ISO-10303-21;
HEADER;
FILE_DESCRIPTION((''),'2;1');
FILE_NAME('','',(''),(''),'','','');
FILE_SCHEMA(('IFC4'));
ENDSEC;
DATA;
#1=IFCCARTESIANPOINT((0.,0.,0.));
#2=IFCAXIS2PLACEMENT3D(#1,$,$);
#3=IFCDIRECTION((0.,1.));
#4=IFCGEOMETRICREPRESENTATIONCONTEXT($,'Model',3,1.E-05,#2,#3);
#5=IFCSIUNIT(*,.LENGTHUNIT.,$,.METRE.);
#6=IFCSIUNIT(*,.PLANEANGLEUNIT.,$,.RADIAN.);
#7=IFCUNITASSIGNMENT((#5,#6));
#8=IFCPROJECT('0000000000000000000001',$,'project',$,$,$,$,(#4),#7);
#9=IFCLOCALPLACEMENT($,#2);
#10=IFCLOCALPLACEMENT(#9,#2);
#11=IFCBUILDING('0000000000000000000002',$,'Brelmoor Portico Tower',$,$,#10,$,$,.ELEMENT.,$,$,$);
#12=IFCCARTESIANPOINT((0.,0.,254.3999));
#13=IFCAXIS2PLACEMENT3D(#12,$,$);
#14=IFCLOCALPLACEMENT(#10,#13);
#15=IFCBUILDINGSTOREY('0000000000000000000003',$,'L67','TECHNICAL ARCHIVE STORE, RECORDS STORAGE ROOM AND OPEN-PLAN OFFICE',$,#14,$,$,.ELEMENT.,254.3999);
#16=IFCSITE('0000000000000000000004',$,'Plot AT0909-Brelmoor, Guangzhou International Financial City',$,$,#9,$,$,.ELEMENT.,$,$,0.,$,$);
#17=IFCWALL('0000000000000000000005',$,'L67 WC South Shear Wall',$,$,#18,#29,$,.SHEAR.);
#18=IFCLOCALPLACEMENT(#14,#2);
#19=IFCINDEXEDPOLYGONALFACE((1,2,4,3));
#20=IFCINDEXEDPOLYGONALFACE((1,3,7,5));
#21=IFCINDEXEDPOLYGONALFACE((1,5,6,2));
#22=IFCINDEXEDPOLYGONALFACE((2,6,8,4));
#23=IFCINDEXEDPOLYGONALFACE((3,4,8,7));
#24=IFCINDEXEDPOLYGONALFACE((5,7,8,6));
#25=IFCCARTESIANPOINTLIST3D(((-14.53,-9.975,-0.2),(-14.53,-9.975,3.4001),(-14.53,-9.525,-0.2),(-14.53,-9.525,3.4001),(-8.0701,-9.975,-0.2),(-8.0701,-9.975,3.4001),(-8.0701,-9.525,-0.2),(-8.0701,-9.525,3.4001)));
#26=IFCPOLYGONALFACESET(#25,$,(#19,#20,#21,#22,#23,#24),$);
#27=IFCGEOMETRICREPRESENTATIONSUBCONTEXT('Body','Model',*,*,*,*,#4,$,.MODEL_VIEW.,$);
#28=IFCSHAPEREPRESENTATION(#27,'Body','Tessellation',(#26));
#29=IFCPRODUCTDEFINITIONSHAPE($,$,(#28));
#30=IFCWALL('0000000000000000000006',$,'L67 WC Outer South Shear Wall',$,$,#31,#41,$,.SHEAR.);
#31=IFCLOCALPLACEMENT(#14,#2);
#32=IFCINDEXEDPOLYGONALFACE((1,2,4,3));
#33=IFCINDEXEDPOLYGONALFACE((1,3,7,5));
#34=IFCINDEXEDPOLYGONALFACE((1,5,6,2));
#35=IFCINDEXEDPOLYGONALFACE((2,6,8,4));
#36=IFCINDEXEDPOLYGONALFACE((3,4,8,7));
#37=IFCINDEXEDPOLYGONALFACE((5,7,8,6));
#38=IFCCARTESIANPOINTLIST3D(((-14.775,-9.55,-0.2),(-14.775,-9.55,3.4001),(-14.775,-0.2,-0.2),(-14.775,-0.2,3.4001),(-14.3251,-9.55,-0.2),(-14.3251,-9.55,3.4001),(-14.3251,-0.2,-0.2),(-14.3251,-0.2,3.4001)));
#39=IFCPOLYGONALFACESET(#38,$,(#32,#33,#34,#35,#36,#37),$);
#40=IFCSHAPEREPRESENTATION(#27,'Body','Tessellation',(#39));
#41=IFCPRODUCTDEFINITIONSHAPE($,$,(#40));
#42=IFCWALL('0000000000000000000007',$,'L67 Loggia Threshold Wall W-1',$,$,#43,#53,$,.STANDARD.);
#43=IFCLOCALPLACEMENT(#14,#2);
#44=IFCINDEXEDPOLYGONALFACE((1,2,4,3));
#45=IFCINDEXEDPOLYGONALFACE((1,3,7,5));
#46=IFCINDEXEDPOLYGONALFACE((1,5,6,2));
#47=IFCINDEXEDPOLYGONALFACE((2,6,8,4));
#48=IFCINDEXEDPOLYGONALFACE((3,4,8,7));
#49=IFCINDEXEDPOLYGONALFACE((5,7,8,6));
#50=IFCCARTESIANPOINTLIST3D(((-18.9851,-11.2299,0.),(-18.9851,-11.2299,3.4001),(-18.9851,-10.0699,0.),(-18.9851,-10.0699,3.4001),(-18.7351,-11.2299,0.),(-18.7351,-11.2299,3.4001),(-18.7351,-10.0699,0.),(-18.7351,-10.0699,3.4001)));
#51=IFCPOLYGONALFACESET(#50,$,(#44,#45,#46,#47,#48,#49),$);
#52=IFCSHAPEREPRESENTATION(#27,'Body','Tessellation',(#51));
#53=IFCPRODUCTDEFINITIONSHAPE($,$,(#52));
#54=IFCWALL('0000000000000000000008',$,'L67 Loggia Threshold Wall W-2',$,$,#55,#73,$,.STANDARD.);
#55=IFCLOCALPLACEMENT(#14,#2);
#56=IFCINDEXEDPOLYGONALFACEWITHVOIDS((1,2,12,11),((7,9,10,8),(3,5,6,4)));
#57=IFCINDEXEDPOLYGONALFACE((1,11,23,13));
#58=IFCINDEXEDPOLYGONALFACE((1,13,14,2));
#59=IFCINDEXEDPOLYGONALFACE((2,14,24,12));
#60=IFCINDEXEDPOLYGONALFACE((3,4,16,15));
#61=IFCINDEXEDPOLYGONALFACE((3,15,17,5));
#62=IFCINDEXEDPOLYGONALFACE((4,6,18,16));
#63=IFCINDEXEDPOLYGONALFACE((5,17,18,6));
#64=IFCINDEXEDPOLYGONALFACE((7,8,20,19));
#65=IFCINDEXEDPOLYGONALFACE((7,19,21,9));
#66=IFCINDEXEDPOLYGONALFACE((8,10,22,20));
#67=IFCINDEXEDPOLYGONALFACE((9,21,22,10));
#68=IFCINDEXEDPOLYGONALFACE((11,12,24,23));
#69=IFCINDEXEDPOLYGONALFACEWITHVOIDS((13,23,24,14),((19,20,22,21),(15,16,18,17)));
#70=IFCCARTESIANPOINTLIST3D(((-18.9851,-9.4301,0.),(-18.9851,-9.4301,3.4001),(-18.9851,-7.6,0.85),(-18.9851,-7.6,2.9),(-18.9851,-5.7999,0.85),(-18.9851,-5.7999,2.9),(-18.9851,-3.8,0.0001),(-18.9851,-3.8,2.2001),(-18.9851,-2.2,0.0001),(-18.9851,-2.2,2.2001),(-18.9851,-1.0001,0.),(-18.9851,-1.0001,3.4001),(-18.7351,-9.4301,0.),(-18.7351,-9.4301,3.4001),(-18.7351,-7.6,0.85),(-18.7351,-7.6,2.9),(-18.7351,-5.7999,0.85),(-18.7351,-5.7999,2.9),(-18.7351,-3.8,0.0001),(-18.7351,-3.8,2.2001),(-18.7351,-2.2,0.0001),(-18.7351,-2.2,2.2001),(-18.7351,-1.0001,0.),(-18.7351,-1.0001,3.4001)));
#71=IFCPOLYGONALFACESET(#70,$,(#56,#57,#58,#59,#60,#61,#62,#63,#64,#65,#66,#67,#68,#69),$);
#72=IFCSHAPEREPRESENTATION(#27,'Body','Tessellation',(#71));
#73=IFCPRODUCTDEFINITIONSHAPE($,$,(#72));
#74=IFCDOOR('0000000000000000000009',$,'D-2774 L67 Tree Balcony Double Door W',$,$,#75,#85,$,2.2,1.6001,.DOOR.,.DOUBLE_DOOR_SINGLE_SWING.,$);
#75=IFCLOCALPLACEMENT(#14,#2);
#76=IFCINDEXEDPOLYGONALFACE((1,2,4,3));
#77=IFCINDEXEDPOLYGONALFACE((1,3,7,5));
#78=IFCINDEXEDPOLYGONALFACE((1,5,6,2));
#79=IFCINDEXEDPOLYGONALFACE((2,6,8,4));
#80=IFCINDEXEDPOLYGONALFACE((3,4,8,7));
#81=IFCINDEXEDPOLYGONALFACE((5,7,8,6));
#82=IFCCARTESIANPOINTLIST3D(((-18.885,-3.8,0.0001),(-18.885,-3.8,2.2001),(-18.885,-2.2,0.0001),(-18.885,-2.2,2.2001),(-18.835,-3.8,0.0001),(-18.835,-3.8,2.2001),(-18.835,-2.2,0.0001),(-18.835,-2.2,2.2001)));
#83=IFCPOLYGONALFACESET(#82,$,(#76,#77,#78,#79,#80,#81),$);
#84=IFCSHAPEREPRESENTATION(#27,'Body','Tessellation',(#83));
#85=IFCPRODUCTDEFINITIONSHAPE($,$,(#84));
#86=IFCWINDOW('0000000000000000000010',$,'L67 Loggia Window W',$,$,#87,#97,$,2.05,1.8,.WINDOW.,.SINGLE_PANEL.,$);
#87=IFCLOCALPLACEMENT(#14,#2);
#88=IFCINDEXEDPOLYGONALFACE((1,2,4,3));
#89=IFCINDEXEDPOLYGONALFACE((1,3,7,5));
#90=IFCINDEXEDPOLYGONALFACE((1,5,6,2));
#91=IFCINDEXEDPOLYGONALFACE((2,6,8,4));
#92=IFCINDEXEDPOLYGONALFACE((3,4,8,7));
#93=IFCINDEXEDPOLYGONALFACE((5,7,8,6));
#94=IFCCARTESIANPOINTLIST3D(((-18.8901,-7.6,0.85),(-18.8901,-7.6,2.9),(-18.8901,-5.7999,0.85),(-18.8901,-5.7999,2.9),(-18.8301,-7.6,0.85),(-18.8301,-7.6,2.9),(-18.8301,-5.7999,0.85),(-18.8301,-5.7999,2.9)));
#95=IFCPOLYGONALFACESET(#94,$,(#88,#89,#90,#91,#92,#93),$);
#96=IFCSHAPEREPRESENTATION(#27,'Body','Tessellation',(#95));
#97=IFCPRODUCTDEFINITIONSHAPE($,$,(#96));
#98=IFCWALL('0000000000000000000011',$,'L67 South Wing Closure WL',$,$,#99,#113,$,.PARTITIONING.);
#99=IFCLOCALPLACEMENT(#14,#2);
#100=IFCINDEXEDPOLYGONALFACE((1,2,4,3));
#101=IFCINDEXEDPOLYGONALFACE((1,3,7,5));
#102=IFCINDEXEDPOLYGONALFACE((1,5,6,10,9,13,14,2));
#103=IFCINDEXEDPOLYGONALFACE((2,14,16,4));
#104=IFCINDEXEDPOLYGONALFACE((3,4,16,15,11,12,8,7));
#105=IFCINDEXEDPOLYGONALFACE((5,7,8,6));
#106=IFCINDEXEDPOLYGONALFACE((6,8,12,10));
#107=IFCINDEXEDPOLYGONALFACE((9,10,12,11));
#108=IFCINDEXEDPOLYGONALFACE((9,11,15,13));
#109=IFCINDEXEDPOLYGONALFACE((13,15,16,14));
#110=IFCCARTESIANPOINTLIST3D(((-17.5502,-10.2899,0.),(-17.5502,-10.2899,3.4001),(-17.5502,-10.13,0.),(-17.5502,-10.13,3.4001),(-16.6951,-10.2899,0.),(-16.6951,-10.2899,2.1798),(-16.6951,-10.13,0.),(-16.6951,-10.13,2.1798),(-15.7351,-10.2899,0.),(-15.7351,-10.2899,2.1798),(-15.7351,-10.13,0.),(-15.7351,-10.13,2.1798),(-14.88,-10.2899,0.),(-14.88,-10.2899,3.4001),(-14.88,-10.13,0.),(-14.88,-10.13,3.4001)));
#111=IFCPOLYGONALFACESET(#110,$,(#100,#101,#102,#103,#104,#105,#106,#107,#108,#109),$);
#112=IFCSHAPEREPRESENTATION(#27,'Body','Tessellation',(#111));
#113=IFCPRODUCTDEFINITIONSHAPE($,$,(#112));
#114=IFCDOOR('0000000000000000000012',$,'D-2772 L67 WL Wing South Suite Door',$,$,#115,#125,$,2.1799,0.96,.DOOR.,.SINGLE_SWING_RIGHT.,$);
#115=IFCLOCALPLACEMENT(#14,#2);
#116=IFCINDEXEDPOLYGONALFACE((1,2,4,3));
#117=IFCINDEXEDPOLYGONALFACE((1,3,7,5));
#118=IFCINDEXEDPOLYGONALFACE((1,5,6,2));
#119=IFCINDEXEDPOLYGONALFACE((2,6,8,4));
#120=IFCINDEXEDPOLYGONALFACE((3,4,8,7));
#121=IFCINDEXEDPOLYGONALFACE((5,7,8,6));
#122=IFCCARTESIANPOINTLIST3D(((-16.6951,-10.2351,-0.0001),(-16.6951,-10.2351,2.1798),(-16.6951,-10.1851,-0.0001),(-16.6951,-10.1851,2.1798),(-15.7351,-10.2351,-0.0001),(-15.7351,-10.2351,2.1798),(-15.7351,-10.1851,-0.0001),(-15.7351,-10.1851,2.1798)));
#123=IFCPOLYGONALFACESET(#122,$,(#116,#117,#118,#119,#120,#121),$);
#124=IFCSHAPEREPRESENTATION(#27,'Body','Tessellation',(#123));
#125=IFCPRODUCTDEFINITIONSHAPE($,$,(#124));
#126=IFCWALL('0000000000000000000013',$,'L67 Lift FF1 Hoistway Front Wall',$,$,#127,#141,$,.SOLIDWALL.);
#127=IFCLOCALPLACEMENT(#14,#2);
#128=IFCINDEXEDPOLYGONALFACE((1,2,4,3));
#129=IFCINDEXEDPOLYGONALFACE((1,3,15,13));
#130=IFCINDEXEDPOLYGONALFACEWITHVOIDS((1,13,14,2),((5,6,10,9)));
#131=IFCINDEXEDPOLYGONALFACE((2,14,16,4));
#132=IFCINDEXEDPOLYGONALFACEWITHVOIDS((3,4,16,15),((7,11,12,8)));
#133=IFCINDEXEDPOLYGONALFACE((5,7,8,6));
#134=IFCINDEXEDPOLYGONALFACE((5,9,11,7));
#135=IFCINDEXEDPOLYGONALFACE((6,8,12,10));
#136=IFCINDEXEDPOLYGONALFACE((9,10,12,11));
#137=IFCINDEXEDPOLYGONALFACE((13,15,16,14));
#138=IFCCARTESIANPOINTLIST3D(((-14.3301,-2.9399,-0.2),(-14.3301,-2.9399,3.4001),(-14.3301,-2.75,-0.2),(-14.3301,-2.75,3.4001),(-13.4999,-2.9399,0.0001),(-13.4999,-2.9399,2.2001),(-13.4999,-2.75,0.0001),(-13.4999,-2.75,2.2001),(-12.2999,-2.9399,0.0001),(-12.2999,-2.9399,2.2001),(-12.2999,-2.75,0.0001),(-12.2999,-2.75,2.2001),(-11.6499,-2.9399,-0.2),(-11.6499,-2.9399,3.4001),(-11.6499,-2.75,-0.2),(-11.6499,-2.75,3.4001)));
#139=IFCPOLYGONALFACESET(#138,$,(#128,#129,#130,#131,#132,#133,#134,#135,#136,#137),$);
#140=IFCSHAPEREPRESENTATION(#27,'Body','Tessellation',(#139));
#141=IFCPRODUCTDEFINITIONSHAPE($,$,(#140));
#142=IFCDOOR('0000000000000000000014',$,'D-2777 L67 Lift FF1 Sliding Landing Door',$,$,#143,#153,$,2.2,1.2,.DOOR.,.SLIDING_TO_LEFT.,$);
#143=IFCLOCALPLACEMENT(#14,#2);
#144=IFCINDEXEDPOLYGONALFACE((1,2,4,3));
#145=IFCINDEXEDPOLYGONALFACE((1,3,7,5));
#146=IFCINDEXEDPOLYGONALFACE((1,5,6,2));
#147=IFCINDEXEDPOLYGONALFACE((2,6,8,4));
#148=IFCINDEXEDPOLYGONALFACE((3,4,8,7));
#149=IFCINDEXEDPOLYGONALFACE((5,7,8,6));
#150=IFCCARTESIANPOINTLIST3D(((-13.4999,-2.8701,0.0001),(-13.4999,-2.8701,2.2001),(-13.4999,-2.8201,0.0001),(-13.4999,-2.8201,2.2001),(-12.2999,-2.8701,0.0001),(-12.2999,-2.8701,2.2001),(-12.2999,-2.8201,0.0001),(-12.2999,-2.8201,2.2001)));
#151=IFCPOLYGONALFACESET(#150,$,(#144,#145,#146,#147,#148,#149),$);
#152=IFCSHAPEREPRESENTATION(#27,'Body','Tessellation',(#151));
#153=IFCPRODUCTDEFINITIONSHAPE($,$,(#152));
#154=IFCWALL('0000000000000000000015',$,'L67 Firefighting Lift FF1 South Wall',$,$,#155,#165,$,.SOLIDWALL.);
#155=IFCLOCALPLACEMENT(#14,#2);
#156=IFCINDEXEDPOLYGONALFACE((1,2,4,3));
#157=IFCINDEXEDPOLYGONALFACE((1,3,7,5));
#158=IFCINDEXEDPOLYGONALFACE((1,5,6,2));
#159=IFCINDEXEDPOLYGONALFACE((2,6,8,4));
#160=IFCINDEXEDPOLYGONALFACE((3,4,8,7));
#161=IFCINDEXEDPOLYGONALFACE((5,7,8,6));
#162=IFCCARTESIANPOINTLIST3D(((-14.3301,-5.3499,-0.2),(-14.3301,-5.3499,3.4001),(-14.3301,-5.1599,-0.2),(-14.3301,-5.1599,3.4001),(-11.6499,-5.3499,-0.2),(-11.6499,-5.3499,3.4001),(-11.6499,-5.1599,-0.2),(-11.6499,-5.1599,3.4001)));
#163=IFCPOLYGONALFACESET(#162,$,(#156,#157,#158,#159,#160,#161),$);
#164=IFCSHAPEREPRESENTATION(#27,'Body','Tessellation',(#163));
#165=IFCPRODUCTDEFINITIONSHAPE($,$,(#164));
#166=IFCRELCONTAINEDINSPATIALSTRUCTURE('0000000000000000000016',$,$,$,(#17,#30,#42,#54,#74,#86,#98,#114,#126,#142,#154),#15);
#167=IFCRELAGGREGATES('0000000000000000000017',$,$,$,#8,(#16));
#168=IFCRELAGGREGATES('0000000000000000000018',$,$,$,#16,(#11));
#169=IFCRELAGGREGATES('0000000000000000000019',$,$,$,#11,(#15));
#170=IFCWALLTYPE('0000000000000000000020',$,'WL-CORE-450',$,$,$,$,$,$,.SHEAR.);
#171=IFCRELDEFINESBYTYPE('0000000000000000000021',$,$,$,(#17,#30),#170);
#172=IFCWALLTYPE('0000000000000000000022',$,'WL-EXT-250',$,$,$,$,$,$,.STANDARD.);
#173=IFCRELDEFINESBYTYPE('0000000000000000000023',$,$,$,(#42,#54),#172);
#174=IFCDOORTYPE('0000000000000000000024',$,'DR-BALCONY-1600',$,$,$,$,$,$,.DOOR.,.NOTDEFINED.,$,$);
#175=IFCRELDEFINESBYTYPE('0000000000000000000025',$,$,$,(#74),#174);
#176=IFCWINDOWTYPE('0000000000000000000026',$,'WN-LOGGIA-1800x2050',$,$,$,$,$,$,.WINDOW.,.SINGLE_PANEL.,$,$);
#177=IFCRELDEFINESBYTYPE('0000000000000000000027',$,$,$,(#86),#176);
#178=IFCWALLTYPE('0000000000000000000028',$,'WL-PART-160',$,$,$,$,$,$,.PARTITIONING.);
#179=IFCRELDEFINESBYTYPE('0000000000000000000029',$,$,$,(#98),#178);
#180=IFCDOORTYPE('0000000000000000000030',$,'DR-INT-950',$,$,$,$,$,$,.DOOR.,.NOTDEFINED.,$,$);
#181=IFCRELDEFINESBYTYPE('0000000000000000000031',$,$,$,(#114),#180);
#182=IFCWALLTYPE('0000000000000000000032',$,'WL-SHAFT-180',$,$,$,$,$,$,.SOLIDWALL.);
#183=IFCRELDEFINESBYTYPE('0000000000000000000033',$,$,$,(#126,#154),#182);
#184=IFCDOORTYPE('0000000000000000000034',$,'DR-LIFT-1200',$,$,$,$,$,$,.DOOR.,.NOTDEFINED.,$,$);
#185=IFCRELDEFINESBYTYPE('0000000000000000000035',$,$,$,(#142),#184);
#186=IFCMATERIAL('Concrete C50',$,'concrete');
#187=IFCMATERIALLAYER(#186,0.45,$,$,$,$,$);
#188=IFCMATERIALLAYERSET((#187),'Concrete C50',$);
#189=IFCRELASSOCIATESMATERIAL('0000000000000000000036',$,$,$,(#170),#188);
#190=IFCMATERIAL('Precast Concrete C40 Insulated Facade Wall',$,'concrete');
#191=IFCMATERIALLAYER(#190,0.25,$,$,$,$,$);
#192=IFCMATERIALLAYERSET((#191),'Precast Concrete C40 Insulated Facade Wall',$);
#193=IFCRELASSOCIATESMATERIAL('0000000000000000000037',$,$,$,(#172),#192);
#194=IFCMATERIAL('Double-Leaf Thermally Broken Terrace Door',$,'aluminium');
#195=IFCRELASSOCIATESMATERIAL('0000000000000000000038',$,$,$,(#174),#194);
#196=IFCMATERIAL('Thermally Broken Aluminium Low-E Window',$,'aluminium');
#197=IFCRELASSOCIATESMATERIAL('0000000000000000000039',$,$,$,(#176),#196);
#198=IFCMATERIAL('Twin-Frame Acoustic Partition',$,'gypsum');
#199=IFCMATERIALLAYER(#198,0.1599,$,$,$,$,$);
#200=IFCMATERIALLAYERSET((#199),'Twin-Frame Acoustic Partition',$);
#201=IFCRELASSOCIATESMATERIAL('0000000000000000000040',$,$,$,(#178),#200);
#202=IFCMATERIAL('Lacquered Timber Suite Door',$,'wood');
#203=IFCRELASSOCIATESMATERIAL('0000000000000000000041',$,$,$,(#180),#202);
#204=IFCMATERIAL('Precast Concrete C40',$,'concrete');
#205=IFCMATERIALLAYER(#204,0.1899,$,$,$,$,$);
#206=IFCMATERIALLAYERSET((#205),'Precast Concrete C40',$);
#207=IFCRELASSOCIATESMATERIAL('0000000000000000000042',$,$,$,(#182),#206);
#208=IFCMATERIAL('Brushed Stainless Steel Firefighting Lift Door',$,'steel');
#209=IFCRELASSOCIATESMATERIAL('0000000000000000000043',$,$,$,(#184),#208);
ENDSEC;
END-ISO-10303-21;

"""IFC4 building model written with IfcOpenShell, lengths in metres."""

from ifc_helpers import new_model, si_unit, direction, frame, frame_2d, origin, place, context, subcontext, project, spatial, rectangle, extrude, material, layer, layer_set, type_object, element, fill, save


model = new_model("IFC4")

# Units and contexts
model_context = context("Model", 3, precision=1e-05, world=origin(), true_north=direction((0.0, 1.0)))
body_context = subcontext(model_context, "Body", "Model", "MODEL_VIEW")
ifc_project = project(units=[si_unit("LENGTHUNIT", "METRE"), si_unit("PLANEANGLEUNIT", "RADIAN")], contexts=[model_context])

# Site, building, storey
site_placement = place(None, origin())
site = spatial("IfcSite", under=ifc_project, at=site_placement, Name="Plot AT0909-Brelmoor, Guangzhou International Financial City", CompositionType="ELEMENT", RefElevation=0.0)
building_placement = place(site_placement, origin())
building = spatial("IfcBuilding", under=site, at=building_placement, Name="Brelmoor Portico Tower", CompositionType="ELEMENT")
storey_placement = place(building_placement, frame((0.0, 0.0, 254.3999)))
storey = spatial("IfcBuildingStorey", under=building, at=storey_placement, Name="L67", Description="TECHNICAL ARCHIVE STORE, RECORDS STORAGE ROOM AND OPEN-PLAN OFFICE", CompositionType="ELEMENT", Elevation=254.3999)

# Walls
ifc_material_1 = material(Name="Concrete C50", Category="concrete")
ifc_layer_1 = layer(ifc_material_1, 0.45)
ifc_layer_set_1 = layer_set([ifc_layer_1], Name="Concrete C50")
wall_type_1 = type_object("IfcWallType", Name="WL-CORE-450", PredefinedType="SHEAR", material=ifc_layer_set_1)
wall_1_placement = place(storey_placement, frame((-14.53, -9.75, -0.2), z_axis=(0.0, 0.0, 1.0), x_axis=(1.0, 0.0, 0.0)))
element("IfcWall", 1, at=wall_1_placement, inside=storey, type_object=wall_type_1, Name="L67 WC South Shear Wall", PredefinedType="SHEAR", context=body_context, shape_type="SweptSolid", body=[
    extrude(rectangle(XDim=6.46, YDim=0.45, at=frame_2d((3.23, 0.0))), origin(), (0.0, 0.0, 1.0), 3.6001),
])
wall_2_placement = place(storey_placement, frame((-14.55, -9.55, -0.2), z_axis=(0.0, 0.0, 1.0), x_axis=(0.0, 1.0, 0.0)))
element("IfcWall", 2, at=wall_2_placement, inside=storey, type_object=wall_type_1, Name="L67 WC Outer South Shear Wall", PredefinedType="SHEAR", context=body_context, shape_type="SweptSolid", body=[
    extrude(rectangle(XDim=9.3501, YDim=0.45, at=frame_2d((4.675, 0.0))), origin(), (0.0, 0.0, 1.0), 3.6001),
])
ifc_material_2 = material(Name="Precast Concrete C40 Insulated Facade Wall", Category="concrete")
ifc_layer_2 = layer(ifc_material_2, 0.25)
ifc_layer_set_2 = layer_set([ifc_layer_2], Name="Precast Concrete C40 Insulated Facade Wall")
wall_type_2 = type_object("IfcWallType", Name="WL-EXT-250", PredefinedType="STANDARD", material=ifc_layer_set_2)
wall_3_placement = place(storey_placement, frame((-18.8601, -11.23, 0.0), z_axis=(0.0, 0.0, 1.0), x_axis=(0.0, 1.0, 0.0)))
element("IfcWall", 3, at=wall_3_placement, inside=storey, type_object=wall_type_2, Name="L67 Loggia Threshold Wall W-1", PredefinedType="STANDARD", context=body_context, shape_type="SweptSolid", body=[
    extrude(rectangle(XDim=1.1599, YDim=0.25, at=frame_2d((0.5801, 0.0))), origin(), (0.0, 0.0, 1.0), 3.4001),
])

# Wall, openings, door, window
wall_4_placement = place(storey_placement, frame((-18.8601, -9.4299, 0.0), z_axis=(0.0, 0.0, 1.0), x_axis=(0.0, 1.0, 0.0)))
wall_4 = element("IfcWall", 4, at=wall_4_placement, inside=storey, type_object=wall_type_2, Name="L67 Loggia Threshold Wall W-2", PredefinedType="STANDARD", context=body_context, shape_type="SweptSolid", body=[
    extrude(rectangle(XDim=8.4299, YDim=0.25, at=frame_2d((4.2148, 0.0))), origin(), (0.0, 0.0, 1.0), 3.4001),
])
opening_1_placement = place(wall_4_placement, frame((5.6299, 0.0, 0.0)))
opening_1 = element("IfcOpeningElement", 5, at=opening_1_placement, cuts=wall_4, PredefinedType="OPENING", context=body_context, shape_type="SweptSolid", body=[
    extrude(rectangle(XDim=1.6001, YDim=2.2, at=frame_2d((0.8, 1.1001))), frame((0.0, 0.135, 0.0), z_axis=(0.0, -1.0, 0.0), x_axis=(1.0, 0.0, 0.0)), (0.0, 0.0, 1.0), 0.27),
])
opening_2_placement = place(wall_4_placement, frame((1.8301, 0.0, 0.8501)))
opening_2 = element("IfcOpeningElement", 6, at=opening_2_placement, cuts=wall_4, PredefinedType="OPENING", context=body_context, shape_type="SweptSolid", body=[
    extrude(rectangle(XDim=1.8, YDim=2.05, at=frame_2d((0.8999, 1.0249))), frame((0.0, 0.135, 0.0), z_axis=(0.0, -1.0, 0.0), x_axis=(1.0, 0.0, 0.0)), (0.0, 0.0, 1.0), 0.27),
])
ifc_material_3 = material(Name="Double-Leaf Thermally Broken Terrace Door", Category="aluminium")
door_type_1 = type_object("IfcDoorType", Name="DR-BALCONY-1600", OperationType="NOTDEFINED", PredefinedType="DOOR", material=ifc_material_3)
door_1_placement = place(opening_1_placement, origin())
door_1 = element("IfcDoor", 7, at=door_1_placement, inside=storey, type_object=door_type_1, Name="D-2774 L67 Tree Balcony Double Door W", OperationType="DOUBLE_DOOR_SINGLE_SWING", OverallHeight=2.2, OverallWidth=1.6001, PredefinedType="DOOR", context=body_context, shape_type="SweptSolid", body=[
    extrude(rectangle(XDim=1.6001, YDim=2.2, at=frame_2d((0.8, 1.1001))), frame((0.0, 0.0249, 0.0), z_axis=(0.0, -1.0, 0.0), x_axis=(1.0, 0.0, 0.0)), (0.0, 0.0, 1.0), 0.05),
])
fill(opening_1, door_1)
ifc_material_4 = material(Name="Thermally Broken Aluminium Low-E Window", Category="aluminium")
window_type = type_object("IfcWindowType", Name="WN-LOGGIA-1800x2050", PartitioningType="SINGLE_PANEL", PredefinedType="WINDOW", material=ifc_material_4)
window_placement = place(opening_2_placement, origin())
window = element("IfcWindow", 8, at=window_placement, inside=storey, type_object=window_type, Name="L67 Loggia Window W", OverallHeight=2.05, OverallWidth=1.8, PartitioningType="SINGLE_PANEL", PredefinedType="WINDOW", context=body_context, shape_type="SweptSolid", body=[
    extrude(rectangle(XDim=1.8, YDim=2.05, at=frame_2d((0.8999, 1.0249))), frame((0.0, 0.03, 0.0), z_axis=(0.0, -1.0, 0.0), x_axis=(1.0, 0.0, 0.0)), (0.0, 0.0, 1.0), 0.0601),
])
fill(opening_2, window)

# Walls, openings, doors
ifc_material_5 = material(Name="Twin-Frame Acoustic Partition", Category="gypsum")
ifc_layer_3 = layer(ifc_material_5, 0.1599)
ifc_layer_set_3 = layer_set([ifc_layer_3], Name="Twin-Frame Acoustic Partition")
wall_type_3 = type_object("IfcWallType", Name="WL-PART-160", PredefinedType="PARTITIONING", material=ifc_layer_set_3)
wall_5_placement = place(storey_placement, frame((-17.55, -10.21, 0.0), z_axis=(0.0, 0.0, 1.0), x_axis=(1.0, 0.0, 0.0)))
wall_5 = element("IfcWall", 9, at=wall_5_placement, inside=storey, type_object=wall_type_3, Name="L67 South Wing Closure WL", PredefinedType="PARTITIONING", context=body_context, shape_type="SweptSolid", body=[
    extrude(rectangle(XDim=2.6702, YDim=0.1599, at=frame_2d((1.335, 0.0))), origin(), (0.0, 0.0, 1.0), 3.4001),
])
opening_3_placement = place(wall_5_placement, frame((0.855, 0.0, 0.0)))
opening_3 = element("IfcOpeningElement", 10, at=opening_3_placement, cuts=wall_5, PredefinedType="OPENING", context=body_context, shape_type="SweptSolid", body=[
    extrude(rectangle(XDim=0.96, YDim=2.1799, at=frame_2d((0.48, 1.0898))), frame((0.0, 0.0898, 0.0), z_axis=(0.0, -1.0, 0.0), x_axis=(1.0, 0.0, 0.0)), (0.0, 0.0, 1.0), 0.1799),
])
ifc_material_6 = material(Name="Lacquered Timber Suite Door", Category="wood")
door_type_2 = type_object("IfcDoorType", Name="DR-INT-950", OperationType="NOTDEFINED", PredefinedType="DOOR", material=ifc_material_6)
door_2_placement = place(opening_3_placement, origin())
door_2 = element("IfcDoor", 11, at=door_2_placement, inside=storey, type_object=door_type_2, Name="D-2772 L67 WL Wing South Suite Door", OperationType="SINGLE_SWING_RIGHT", OverallHeight=2.1799, OverallWidth=0.96, PredefinedType="DOOR", context=body_context, shape_type="SweptSolid", body=[
    extrude(rectangle(XDim=0.96, YDim=2.1799, at=frame_2d((0.48, 1.0898))), frame((0.0, 0.0249, 0.0), z_axis=(0.0, -1.0, 0.0), x_axis=(1.0, 0.0, 0.0)), (0.0, 0.0, 1.0), 0.05),
])
fill(opening_3, door_2)
ifc_material_7 = material(Name="Precast Concrete C40", Category="concrete")
ifc_layer_4 = layer(ifc_material_7, 0.1899)
ifc_layer_set_4 = layer_set([ifc_layer_4], Name="Precast Concrete C40")
wall_type_4 = type_object("IfcWallType", Name="WL-SHAFT-180", PredefinedType="SOLIDWALL", material=ifc_layer_set_4)
wall_6_placement = place(storey_placement, frame((-14.3301, -2.845, -0.2), z_axis=(0.0, 0.0, 1.0), x_axis=(1.0, 0.0, 0.0)))
wall_6 = element("IfcWall", 12, at=wall_6_placement, inside=storey, type_object=wall_type_4, Name="L67 Lift FF1 Hoistway Front Wall", PredefinedType="SOLIDWALL", context=body_context, shape_type="SweptSolid", body=[
    extrude(rectangle(XDim=2.6802, YDim=0.1899, at=frame_2d((1.3401, 0.0))), origin(), (0.0, 0.0, 1.0), 3.6001),
])
opening_4_placement = place(wall_6_placement, frame((0.8301, 0.0, 0.2)))
opening_4 = element("IfcOpeningElement", 13, at=opening_4_placement, cuts=wall_6, PredefinedType="OPENING", context=body_context, shape_type="SweptSolid", body=[
    extrude(rectangle(XDim=1.2, YDim=2.2, at=frame_2d((0.6001, 1.1001))), frame((0.0, 0.105, 0.0), z_axis=(0.0, -1.0, 0.0), x_axis=(1.0, 0.0, 0.0)), (0.0, 0.0, 1.0), 0.21),
])
ifc_material_8 = material(Name="Brushed Stainless Steel Firefighting Lift Door", Category="steel")
door_type_3 = type_object("IfcDoorType", Name="DR-LIFT-1200", OperationType="NOTDEFINED", PredefinedType="DOOR", material=ifc_material_8)
door_3_placement = place(opening_4_placement, origin())
door_3 = element("IfcDoor", 14, at=door_3_placement, inside=storey, type_object=door_type_3, Name="D-2777 L67 Lift FF1 Sliding Landing Door", OperationType="SLIDING_TO_LEFT", OverallHeight=2.2, OverallWidth=1.2, PredefinedType="DOOR", context=body_context, shape_type="SweptSolid", body=[
    extrude(rectangle(XDim=1.2, YDim=2.2, at=frame_2d((0.6001, 1.1001))), frame((0.0, 0.0249, 0.0), z_axis=(0.0, -1.0, 0.0), x_axis=(1.0, 0.0, 0.0)), (0.0, 0.0, 1.0), 0.05),
])
fill(opening_4, door_3)

# Wall
wall_7_placement = place(storey_placement, frame((-14.3301, -5.2549, -0.2), z_axis=(0.0, 0.0, 1.0), x_axis=(1.0, 0.0, 0.0)))
element("IfcWall", 15, at=wall_7_placement, inside=storey, type_object=wall_type_4, Name="L67 Firefighting Lift FF1 South Wall", PredefinedType="SOLIDWALL", context=body_context, shape_type="SweptSolid", body=[
    extrude(rectangle(XDim=2.6802, YDim=0.1899, at=frame_2d((1.3401, 0.0))), origin(), (0.0, 0.0, 1.0), 3.6001),
])

save(model, "model.ifc")
